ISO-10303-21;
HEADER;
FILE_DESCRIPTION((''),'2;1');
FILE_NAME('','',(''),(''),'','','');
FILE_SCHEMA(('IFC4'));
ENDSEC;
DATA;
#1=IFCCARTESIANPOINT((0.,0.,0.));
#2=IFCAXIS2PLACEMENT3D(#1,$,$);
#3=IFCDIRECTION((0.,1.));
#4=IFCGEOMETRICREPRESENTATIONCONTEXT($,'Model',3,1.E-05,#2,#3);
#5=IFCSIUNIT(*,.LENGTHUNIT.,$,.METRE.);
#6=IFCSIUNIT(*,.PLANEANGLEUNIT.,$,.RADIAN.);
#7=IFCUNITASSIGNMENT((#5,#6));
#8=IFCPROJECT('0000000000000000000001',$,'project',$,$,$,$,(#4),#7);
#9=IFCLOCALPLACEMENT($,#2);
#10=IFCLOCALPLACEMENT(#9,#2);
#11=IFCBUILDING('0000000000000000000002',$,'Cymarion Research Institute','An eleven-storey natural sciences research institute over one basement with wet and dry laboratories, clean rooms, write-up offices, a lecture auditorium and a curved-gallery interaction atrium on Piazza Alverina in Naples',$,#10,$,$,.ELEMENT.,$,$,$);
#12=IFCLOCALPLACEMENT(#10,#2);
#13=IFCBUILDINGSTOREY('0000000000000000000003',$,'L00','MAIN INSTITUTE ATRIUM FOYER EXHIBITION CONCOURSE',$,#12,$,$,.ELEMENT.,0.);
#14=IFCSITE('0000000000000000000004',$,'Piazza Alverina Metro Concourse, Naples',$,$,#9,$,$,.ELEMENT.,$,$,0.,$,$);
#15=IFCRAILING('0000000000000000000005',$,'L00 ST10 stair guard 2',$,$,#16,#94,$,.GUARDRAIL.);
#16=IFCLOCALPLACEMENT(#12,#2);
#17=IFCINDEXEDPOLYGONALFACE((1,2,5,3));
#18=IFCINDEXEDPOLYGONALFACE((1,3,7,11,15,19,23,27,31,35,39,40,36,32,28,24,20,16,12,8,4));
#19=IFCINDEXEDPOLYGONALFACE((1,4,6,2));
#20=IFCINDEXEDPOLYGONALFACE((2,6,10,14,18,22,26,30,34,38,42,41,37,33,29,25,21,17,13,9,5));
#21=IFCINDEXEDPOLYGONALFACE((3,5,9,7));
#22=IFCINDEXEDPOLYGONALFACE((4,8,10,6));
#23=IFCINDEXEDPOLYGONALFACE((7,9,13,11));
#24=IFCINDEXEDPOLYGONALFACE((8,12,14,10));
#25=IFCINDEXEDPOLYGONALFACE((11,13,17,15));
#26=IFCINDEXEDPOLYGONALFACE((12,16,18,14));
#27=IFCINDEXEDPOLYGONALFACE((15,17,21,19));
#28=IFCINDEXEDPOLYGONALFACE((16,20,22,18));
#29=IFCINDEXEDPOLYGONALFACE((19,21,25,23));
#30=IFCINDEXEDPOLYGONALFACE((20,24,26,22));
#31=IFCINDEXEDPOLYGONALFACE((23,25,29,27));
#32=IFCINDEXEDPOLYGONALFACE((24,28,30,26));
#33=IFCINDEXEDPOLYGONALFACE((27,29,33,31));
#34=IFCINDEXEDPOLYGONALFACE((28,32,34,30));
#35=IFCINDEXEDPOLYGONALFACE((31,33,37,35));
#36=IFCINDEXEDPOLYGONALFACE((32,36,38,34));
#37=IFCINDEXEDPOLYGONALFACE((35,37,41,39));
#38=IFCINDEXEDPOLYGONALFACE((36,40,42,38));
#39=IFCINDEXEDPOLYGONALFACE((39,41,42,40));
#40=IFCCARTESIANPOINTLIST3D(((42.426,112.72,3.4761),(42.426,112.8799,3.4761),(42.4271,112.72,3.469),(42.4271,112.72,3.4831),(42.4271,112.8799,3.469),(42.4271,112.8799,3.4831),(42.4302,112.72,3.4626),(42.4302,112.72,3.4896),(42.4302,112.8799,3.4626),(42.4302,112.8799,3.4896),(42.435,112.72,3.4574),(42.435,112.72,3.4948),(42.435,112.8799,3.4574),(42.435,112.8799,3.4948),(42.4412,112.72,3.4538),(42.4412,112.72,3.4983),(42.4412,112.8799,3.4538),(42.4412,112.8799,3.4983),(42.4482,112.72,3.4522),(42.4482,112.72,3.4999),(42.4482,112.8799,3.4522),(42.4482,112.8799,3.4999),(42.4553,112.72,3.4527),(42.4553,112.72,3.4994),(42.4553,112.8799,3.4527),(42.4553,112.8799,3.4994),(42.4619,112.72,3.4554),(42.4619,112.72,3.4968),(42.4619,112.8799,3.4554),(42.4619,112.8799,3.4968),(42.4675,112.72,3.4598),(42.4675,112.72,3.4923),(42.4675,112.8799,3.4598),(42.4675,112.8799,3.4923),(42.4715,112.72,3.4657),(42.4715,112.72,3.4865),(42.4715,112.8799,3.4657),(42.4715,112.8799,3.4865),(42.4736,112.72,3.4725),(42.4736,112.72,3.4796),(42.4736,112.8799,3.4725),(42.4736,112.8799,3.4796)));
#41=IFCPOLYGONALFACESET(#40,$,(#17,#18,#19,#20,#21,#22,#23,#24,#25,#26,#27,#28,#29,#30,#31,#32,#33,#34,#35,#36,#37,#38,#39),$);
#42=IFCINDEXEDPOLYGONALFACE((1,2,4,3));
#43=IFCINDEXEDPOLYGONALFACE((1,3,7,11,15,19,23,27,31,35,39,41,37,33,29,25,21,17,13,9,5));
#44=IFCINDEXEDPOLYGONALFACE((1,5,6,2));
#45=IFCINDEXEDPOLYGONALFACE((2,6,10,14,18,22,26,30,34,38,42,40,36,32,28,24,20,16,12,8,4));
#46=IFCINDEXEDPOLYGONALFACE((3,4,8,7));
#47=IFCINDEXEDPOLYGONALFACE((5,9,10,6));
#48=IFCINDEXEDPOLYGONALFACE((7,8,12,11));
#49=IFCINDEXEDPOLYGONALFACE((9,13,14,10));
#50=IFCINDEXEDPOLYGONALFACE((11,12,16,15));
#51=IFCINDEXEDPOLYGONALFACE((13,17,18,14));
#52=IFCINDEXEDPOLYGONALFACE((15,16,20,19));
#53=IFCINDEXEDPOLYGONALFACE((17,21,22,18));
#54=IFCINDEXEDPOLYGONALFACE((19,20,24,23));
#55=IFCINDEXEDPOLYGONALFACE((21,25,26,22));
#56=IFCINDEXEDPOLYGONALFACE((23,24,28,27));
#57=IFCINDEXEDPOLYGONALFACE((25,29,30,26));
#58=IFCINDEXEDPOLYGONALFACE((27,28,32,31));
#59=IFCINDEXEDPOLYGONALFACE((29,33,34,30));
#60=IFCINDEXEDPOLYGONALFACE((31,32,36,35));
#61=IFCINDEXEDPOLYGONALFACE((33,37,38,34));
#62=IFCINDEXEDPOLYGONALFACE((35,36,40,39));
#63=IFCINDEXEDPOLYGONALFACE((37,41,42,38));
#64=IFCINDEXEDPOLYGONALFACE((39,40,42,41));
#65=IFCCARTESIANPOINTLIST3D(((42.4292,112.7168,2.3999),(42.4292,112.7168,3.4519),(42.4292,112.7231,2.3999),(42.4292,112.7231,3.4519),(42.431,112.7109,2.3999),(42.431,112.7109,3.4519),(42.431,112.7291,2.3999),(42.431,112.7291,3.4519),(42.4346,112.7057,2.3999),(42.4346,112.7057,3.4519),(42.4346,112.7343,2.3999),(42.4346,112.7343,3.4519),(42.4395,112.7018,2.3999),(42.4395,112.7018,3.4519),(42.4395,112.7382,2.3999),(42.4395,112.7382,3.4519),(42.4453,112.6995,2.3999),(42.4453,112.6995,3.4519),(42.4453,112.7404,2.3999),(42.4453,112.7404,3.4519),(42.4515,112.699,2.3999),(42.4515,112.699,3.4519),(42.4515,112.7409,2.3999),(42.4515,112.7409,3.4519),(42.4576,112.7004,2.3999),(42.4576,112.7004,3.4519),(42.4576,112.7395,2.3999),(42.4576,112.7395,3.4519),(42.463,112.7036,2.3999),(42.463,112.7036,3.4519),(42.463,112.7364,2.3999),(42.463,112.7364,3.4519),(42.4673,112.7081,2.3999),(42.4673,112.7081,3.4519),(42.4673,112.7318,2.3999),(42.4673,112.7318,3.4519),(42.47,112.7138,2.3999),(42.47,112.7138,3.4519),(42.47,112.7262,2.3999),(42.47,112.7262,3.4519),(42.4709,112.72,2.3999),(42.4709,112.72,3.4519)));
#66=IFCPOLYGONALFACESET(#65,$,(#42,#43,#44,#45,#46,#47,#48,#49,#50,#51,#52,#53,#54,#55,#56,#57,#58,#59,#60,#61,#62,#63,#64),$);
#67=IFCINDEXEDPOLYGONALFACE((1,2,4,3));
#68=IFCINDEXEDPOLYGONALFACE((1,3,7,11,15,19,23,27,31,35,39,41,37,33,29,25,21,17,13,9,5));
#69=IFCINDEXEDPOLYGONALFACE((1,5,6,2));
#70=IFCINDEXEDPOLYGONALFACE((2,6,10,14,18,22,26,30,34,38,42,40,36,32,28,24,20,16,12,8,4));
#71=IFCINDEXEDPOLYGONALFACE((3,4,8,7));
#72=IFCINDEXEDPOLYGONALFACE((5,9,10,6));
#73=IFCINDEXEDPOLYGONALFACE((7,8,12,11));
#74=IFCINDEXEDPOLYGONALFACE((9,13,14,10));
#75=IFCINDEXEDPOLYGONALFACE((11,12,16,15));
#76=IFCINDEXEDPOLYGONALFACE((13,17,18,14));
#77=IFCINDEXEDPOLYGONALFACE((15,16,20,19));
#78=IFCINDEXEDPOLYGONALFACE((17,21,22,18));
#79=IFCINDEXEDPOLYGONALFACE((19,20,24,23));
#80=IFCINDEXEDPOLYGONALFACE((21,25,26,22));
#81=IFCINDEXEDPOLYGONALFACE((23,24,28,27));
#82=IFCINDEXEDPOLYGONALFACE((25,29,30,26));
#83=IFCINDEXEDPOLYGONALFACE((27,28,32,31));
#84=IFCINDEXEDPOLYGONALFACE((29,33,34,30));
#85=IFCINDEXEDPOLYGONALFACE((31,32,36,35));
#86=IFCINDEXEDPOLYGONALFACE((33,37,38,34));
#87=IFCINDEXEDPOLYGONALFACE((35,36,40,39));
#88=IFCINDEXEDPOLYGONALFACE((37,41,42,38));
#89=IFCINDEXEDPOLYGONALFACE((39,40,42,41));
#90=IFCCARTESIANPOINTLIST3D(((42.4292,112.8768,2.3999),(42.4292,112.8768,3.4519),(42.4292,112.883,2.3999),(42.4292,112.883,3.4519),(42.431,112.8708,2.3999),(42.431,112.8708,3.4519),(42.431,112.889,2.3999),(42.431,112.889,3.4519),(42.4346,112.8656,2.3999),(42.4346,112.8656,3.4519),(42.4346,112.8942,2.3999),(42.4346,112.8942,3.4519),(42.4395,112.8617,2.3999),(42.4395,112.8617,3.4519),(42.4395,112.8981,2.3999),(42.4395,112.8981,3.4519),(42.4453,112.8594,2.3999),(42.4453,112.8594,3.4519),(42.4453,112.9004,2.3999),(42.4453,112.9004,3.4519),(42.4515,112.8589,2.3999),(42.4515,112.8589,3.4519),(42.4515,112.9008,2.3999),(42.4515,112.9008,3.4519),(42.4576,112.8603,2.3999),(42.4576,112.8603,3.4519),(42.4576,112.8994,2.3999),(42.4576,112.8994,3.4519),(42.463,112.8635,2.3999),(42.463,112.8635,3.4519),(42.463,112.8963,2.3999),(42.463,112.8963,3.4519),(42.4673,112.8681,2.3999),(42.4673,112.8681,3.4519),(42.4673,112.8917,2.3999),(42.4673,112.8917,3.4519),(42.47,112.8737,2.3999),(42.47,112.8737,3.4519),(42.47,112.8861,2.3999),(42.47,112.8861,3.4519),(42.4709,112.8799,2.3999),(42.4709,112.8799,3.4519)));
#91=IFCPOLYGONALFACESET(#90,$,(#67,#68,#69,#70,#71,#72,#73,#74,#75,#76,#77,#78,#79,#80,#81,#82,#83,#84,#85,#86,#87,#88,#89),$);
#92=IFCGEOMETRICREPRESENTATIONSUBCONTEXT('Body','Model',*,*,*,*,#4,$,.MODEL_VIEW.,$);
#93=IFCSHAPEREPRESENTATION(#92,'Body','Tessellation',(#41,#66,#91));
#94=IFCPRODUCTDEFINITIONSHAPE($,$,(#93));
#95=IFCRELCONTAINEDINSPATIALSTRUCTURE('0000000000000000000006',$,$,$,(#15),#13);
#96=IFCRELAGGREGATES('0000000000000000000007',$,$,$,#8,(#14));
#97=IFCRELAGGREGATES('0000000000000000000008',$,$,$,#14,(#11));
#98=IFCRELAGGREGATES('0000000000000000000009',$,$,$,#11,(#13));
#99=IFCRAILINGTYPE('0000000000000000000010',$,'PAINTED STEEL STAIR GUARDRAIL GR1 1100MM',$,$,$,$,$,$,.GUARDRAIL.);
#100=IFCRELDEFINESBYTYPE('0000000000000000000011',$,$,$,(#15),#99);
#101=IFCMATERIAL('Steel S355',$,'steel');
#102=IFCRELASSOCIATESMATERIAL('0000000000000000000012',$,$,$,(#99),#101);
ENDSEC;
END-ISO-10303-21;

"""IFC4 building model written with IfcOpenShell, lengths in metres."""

from ifc_helpers import new_model, si_unit, direction, frame, origin, origin_2d, place, context, subcontext, project, spatial, circle, extrude, material, type_object, element, save


model = new_model("IFC4")

# Units and contexts
model_context = context("Model", 3, precision=1e-05, world=origin(), true_north=direction((0.0, 1.0)))
body_context = subcontext(model_context, "Body", "Model", "MODEL_VIEW")
ifc_project = project(units=[si_unit("LENGTHUNIT", "METRE"), si_unit("PLANEANGLEUNIT", "RADIAN")], contexts=[model_context])

# Site, building, storey
site_placement = place(None, origin())
site = spatial("IfcSite", under=ifc_project, at=site_placement, Name="Piazza Alverina Metro Concourse, Naples", CompositionType="ELEMENT", RefElevation=0.0)
building_placement = place(site_placement, origin())
building = spatial("IfcBuilding", under=site, at=building_placement, Name="Cymarion Research Institute", Description="An eleven-storey natural sciences research institute over one basement with wet and dry laboratories, clean rooms, write-up offices, a lecture auditorium and a curved-gallery interaction atrium on Piazza Alverina in Naples", CompositionType="ELEMENT")
storey_placement = place(building_placement, origin())
storey = spatial("IfcBuildingStorey", under=building, at=storey_placement, Name="L00", Description="MAIN INSTITUTE ATRIUM FOYER EXHIBITION CONCOURSE", CompositionType="ELEMENT", Elevation=0.0)

# Shared definitions
ifc_material_1 = material(Name="Steel S355", Category="steel")

# Railing
railing_type_1 = type_object("IfcRailingType", Name="PAINTED STEEL STAIR GUARDRAIL GR1 1100MM", PredefinedType="GUARDRAIL", material=ifc_material_1)
railing_1_placement = place(storey_placement, frame((42.45, 112.72, 2.3999)))
element("IfcRailing", 1, at=railing_1_placement, inside=storey, type_object=railing_type_1, Name="L00 ST10 stair guard 2", PredefinedType="GUARDRAIL", context=body_context, shape_type="SweptSolid", body=[
    extrude(circle(Radius=0.0239, at=origin_2d()), frame((0.0, 0.0, 1.0762), z_axis=(0.0, 1.0, 0.0), x_axis=(-1.0, 0.0, 0.0)), (0.0, 0.0, 1.0), 0.1599),
    extrude(circle(Radius=0.021, at=origin_2d()), origin(), (0.0, 0.0, 1.0), 1.052),
    extrude(circle(Radius=0.021, at=origin_2d()), frame((0.0, 0.1599, 0.0)), (0.0, 0.0, 1.0), 1.052),
])

save(model, "model.ifc")
